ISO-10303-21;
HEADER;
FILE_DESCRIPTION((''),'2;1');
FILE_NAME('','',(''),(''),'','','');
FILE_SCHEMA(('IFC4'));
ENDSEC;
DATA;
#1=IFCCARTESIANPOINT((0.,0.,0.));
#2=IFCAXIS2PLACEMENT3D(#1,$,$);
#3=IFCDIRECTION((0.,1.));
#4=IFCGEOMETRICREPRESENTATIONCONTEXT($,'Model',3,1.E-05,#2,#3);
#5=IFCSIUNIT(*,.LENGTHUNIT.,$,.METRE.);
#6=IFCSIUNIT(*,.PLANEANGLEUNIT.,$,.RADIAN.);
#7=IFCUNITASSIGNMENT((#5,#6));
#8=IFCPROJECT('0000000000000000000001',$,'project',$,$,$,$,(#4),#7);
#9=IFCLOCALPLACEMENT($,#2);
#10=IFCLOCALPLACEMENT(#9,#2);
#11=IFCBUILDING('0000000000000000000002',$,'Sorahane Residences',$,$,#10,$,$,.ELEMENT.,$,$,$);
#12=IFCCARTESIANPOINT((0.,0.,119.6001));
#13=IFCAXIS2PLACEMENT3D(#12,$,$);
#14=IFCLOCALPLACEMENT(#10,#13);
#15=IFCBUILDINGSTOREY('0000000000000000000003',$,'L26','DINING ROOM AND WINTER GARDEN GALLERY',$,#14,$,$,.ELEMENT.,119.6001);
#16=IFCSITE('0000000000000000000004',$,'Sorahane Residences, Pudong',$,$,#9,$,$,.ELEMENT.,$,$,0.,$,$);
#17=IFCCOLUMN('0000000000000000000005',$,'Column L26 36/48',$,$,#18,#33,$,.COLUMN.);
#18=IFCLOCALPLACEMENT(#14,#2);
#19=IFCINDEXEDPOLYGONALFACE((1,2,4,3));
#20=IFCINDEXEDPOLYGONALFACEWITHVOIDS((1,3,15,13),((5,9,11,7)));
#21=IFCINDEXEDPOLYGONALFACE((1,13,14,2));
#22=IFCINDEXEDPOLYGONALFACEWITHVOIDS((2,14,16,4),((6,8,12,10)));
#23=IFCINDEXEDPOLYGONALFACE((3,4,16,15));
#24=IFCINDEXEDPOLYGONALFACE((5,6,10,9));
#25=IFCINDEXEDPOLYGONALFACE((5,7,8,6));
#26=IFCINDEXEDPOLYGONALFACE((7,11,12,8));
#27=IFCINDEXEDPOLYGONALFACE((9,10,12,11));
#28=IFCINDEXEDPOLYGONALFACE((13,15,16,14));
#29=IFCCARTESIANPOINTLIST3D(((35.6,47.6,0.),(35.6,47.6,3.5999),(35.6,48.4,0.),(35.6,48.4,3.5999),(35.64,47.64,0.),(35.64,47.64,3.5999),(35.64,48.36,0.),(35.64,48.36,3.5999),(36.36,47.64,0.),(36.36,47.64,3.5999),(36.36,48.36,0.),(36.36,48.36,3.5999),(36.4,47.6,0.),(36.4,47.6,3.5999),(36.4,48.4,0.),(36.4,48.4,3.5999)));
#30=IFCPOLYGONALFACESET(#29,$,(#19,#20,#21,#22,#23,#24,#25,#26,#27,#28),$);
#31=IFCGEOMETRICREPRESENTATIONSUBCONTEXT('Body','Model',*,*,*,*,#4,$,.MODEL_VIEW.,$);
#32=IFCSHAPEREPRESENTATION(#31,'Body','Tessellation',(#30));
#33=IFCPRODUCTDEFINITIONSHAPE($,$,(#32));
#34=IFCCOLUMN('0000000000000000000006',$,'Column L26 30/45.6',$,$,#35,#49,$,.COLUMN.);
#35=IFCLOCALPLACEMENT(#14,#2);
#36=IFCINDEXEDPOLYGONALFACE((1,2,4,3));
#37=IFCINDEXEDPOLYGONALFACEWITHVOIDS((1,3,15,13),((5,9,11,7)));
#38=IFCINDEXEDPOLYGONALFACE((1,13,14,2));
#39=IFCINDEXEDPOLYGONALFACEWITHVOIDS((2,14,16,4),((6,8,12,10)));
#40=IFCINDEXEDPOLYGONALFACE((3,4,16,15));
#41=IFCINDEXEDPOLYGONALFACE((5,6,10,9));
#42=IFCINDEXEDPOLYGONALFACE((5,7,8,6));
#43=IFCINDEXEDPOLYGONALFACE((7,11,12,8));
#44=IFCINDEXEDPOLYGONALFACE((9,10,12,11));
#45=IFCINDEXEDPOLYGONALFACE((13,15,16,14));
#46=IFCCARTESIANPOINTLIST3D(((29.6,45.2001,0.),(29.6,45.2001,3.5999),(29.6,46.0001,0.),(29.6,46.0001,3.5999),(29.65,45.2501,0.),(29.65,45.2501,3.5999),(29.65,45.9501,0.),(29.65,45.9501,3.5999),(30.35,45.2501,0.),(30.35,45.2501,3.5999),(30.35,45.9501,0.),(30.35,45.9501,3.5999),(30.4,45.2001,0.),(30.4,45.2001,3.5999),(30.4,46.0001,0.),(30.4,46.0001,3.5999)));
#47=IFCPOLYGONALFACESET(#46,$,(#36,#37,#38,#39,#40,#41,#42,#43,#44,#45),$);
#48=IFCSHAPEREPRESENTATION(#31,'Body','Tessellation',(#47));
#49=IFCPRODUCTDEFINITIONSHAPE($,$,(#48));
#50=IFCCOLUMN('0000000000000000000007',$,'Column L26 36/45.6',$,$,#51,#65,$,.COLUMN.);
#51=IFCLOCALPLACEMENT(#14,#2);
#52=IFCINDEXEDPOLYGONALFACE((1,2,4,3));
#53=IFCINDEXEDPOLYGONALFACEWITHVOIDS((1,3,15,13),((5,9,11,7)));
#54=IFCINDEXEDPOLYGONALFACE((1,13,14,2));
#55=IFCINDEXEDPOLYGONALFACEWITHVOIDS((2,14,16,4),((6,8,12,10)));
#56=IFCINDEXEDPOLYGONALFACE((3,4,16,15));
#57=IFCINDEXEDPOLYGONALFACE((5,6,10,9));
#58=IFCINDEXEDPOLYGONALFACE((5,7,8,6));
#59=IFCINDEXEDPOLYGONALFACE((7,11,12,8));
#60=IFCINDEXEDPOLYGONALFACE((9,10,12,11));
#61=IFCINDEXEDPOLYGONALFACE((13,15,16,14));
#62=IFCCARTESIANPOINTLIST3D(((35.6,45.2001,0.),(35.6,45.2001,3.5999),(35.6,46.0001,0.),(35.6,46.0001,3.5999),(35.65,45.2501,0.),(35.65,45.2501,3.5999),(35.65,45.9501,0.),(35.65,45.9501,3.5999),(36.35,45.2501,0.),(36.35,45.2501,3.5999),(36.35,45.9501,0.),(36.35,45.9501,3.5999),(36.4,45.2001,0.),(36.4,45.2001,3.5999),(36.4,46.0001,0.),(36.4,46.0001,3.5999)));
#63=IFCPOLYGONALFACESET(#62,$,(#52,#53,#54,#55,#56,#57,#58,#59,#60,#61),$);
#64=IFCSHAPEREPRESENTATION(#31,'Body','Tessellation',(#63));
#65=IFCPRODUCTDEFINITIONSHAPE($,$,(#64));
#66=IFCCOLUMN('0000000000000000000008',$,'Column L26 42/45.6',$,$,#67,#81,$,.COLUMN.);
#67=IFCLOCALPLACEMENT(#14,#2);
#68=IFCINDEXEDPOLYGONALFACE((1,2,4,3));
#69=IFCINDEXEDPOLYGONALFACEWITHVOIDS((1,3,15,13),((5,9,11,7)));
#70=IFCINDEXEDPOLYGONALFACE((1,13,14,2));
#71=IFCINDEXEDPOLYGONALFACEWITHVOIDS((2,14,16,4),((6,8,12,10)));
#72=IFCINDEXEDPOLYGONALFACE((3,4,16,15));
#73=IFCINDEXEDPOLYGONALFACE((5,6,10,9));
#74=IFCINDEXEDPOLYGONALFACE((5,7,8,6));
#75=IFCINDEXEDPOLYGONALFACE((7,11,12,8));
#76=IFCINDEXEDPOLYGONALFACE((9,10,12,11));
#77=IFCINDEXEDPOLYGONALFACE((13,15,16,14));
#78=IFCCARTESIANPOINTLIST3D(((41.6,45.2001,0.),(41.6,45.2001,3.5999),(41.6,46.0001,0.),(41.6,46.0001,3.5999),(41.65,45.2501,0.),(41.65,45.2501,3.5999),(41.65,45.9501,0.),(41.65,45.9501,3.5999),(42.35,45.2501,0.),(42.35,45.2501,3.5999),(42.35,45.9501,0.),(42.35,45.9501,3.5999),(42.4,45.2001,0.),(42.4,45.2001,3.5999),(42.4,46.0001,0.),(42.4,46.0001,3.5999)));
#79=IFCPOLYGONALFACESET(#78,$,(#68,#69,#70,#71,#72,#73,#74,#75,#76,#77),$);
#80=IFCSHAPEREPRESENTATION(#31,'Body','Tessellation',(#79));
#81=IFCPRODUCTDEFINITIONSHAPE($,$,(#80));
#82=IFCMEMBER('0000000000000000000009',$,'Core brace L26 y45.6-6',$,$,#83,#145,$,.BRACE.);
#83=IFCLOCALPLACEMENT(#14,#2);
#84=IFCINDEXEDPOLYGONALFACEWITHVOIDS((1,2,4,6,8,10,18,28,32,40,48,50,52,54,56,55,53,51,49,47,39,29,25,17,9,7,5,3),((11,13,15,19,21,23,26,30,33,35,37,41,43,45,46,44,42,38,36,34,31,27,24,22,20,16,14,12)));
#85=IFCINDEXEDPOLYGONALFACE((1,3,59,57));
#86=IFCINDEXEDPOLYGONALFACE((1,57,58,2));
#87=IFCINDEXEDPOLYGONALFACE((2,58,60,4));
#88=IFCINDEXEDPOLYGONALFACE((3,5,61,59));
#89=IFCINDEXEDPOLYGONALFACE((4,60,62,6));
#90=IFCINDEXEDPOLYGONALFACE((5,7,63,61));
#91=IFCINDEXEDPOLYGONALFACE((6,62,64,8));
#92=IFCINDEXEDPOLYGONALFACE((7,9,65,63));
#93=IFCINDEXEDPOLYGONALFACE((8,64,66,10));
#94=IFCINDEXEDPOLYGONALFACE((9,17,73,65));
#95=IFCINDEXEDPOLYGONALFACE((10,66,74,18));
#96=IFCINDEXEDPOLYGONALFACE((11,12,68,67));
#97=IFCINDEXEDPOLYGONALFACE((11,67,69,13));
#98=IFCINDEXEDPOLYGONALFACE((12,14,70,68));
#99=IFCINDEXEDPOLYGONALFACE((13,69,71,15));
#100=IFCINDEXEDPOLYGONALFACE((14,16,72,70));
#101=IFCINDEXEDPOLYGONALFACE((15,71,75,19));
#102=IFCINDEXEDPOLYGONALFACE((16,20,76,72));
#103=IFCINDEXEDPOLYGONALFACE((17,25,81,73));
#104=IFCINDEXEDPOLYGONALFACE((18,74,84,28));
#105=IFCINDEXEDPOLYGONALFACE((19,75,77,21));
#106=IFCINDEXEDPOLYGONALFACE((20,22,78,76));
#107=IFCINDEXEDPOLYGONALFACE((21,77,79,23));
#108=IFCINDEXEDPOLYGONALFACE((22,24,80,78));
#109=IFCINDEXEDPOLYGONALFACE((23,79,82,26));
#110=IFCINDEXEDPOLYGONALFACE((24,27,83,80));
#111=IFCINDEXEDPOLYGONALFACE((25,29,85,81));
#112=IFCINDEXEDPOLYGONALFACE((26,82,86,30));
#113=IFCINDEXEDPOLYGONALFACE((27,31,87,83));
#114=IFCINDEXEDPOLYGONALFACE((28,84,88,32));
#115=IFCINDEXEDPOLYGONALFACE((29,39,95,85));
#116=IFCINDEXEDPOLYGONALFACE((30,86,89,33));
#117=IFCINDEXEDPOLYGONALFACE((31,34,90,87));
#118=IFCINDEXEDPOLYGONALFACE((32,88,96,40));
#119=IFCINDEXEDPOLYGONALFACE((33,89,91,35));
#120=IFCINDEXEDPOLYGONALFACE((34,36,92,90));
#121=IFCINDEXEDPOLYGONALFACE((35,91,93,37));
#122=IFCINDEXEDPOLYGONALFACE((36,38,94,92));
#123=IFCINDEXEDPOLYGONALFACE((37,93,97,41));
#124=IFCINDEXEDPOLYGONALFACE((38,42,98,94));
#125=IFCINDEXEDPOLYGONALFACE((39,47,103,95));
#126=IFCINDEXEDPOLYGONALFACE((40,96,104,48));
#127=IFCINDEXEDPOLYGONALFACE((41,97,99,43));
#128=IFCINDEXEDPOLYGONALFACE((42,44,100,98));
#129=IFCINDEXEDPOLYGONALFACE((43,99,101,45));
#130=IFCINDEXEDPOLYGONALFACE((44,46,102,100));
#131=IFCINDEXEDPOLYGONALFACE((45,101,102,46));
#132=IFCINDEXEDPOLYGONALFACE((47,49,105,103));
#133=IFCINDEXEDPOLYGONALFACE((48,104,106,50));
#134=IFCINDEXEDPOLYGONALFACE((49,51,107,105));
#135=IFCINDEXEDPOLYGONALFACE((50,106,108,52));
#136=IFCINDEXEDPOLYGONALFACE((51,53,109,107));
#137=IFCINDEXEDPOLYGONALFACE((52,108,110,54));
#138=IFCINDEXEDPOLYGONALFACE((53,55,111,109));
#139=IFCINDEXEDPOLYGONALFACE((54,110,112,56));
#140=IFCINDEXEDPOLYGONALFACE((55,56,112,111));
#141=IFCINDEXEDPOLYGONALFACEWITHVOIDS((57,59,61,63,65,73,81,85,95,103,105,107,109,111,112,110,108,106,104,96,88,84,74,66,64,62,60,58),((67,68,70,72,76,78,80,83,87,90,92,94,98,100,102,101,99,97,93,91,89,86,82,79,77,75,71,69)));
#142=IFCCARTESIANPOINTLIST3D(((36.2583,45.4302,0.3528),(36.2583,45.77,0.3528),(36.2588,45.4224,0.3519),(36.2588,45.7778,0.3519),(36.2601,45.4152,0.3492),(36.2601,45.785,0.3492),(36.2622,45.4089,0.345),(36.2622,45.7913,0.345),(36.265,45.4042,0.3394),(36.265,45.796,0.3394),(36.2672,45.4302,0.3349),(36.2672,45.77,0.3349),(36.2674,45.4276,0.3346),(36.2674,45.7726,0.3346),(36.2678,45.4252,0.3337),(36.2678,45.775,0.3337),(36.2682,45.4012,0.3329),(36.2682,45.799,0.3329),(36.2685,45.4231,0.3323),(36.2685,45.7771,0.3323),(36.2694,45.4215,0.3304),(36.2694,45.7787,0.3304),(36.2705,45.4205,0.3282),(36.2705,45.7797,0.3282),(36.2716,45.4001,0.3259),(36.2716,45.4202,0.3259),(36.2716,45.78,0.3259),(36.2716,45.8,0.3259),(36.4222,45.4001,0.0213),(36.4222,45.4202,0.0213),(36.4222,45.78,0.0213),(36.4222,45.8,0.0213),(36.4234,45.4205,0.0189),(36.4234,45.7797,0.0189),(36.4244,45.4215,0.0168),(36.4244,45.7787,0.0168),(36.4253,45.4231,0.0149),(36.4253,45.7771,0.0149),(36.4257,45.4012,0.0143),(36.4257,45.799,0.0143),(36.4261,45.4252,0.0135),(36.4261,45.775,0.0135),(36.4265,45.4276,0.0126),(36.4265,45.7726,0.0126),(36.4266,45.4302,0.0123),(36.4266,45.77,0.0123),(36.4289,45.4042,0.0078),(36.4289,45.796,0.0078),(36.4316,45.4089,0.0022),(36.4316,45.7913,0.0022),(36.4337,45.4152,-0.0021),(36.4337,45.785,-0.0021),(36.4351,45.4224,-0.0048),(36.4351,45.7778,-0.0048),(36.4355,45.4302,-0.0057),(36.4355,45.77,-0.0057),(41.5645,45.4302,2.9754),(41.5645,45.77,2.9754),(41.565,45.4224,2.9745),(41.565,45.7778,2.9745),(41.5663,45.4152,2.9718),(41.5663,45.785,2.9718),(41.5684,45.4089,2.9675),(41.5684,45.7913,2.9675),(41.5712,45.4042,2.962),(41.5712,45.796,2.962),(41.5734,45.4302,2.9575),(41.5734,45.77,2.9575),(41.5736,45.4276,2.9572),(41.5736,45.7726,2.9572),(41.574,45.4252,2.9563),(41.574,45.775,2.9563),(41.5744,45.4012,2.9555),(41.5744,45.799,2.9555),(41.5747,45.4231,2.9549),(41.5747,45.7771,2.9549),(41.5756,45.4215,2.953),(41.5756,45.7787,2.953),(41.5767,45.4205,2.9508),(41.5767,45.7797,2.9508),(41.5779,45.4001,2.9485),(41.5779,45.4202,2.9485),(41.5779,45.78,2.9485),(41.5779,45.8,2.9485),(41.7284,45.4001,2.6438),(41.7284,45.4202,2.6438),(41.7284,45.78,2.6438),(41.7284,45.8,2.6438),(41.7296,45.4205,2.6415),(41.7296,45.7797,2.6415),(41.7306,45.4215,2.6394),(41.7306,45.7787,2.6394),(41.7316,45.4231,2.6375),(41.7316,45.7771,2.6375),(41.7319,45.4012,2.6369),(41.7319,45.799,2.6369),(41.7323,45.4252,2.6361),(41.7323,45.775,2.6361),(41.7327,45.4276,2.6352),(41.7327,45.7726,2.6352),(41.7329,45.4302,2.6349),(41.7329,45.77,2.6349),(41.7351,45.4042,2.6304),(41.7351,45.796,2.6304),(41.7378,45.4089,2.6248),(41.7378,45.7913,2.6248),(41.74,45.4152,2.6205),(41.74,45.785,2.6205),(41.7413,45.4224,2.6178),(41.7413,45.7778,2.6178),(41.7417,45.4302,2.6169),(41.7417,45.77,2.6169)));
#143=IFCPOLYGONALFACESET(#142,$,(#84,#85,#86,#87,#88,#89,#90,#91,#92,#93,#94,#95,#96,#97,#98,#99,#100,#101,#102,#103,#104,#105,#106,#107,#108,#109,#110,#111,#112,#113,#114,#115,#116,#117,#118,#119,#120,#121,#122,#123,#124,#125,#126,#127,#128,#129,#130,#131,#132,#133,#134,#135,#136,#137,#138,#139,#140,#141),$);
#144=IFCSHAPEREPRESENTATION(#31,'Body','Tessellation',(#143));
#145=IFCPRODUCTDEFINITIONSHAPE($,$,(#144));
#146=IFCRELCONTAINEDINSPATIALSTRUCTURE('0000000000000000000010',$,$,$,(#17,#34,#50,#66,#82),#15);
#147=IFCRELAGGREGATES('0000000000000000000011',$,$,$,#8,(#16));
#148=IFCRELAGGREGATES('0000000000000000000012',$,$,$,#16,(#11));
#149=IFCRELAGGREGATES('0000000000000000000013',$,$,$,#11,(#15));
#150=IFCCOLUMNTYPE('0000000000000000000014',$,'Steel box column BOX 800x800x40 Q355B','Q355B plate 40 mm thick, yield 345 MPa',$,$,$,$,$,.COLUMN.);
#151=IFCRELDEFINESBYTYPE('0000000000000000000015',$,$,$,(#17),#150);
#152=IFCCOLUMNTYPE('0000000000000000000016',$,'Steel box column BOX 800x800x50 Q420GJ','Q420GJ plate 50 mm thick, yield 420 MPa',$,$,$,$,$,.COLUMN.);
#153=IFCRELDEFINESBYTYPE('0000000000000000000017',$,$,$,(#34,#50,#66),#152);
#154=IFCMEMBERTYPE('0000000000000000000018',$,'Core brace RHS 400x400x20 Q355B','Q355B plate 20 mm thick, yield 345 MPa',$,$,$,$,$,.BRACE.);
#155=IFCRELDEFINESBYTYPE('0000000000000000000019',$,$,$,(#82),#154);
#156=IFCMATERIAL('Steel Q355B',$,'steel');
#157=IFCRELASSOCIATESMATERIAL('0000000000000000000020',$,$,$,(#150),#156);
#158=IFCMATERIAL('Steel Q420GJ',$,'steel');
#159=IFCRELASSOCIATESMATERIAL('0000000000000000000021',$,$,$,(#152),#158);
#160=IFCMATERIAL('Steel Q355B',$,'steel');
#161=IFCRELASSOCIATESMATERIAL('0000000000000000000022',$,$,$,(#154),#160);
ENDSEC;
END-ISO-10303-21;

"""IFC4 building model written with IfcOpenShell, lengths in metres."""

from ifc_helpers import new_model, si_unit, direction, frame, origin, origin_2d, place, context, subcontext, project, spatial, hollow_rectangle, extrude, material, material_profile, profile_set, type_object, element, save


model = new_model("IFC4")

# Units and contexts
model_context = context("Model", 3, precision=1e-05, world=origin(), true_north=direction((0.0, 1.0)))
body_context = subcontext(model_context, "Body", "Model", "MODEL_VIEW")
ifc_project = project(units=[si_unit("LENGTHUNIT", "METRE"), si_unit("PLANEANGLEUNIT", "RADIAN")], contexts=[model_context])

# Site, building, storey
site_placement = place(None, origin())
site = spatial("IfcSite", under=ifc_project, at=site_placement, Name="Sorahane Residences, Pudong", CompositionType="ELEMENT", RefElevation=0.0)
building_placement = place(site_placement, origin())
building = spatial("IfcBuilding", under=site, at=building_placement, Name="Sorahane Residences", CompositionType="ELEMENT")
storey_placement = place(building_placement, frame((0.0, 0.0, 119.6001)))
storey = spatial("IfcBuildingStorey", under=building, at=storey_placement, Name="L26", Description="DINING ROOM AND WINTER GARDEN GALLERY", CompositionType="ELEMENT", Elevation=119.6001)

# Columns
ifc_material_1 = material(Name="Steel Q355B", Category="steel")
ifc_material_profile_1 = material_profile(ifc_material_1, hollow_rectangle(XDim=0.8, YDim=0.8, WallThickness=0.04, at=origin_2d()), Name="BOX 800x800x40")
ifc_profile_set_1 = profile_set([ifc_material_profile_1], Name="Steel Q355B")
column_type_1 = type_object("IfcColumnType", Name="Steel box column BOX 800x800x40 Q355B", Description="Q355B plate 40 mm thick, yield 345 MPa", PredefinedType="COLUMN", material=ifc_profile_set_1)
column_placement = place(storey_placement, frame((36.0, 48.0, 0.0), z_axis=(0.0, 0.0, 1.0), x_axis=(1.0, 0.0, 0.0)))
element("IfcColumn", 1, at=column_placement, inside=storey, type_object=column_type_1, Name="Column L26 36/48", PredefinedType="COLUMN", context=body_context, shape_type="SweptSolid", body=[
    extrude(hollow_rectangle(XDim=0.8, YDim=0.8, WallThickness=0.04, at=origin_2d()), origin(), (0.0, 0.0, 1.0), 3.5999),
])
ifc_material_2 = material(Name="Steel Q420GJ", Category="steel")
ifc_material_profile_2 = material_profile(ifc_material_2, hollow_rectangle(XDim=0.8, YDim=0.8, WallThickness=0.05, at=origin_2d()), Name="BOX 800x800x50")
ifc_profile_set_2 = profile_set([ifc_material_profile_2], Name="Steel Q420GJ")
column_type_2 = type_object("IfcColumnType", Name="Steel box column BOX 800x800x50 Q420GJ", Description="Q420GJ plate 50 mm thick, yield 420 MPa", PredefinedType="COLUMN", material=ifc_profile_set_2)
for number, where, z_axis, x_axis, name in (
    (2, (30.0, 45.6001, 0.0), (0.0, 0.0, 1.0), (1.0, 0.0, 0.0), "Column L26 30/45.6"),
    (3, (36.0, 45.6001, 0.0), (0.0, 0.0, 1.0), (1.0, 0.0, 0.0), "Column L26 36/45.6"),
    (4, (42.0, 45.6001, 0.0), (0.0, 0.0, 1.0), (1.0, 0.0, 0.0), "Column L26 42/45.6"),
):
    element("IfcColumn", number, at=place(storey_placement, frame(where, z_axis=z_axis, x_axis=x_axis)), inside=storey, type_object=column_type_2, Name=name, PredefinedType="COLUMN", context=body_context, shape_type="SweptSolid", body=[
        extrude(hollow_rectangle(XDim=0.8, YDim=0.8, WallThickness=0.05, at=origin_2d()), origin(), (0.0, 0.0, 1.0), 3.5999),
    ])

# Member
ifc_material_3 = material(Name="Steel Q355B", Category="steel")
ifc_material_profile_3 = material_profile(ifc_material_3, hollow_rectangle(XDim=0.3999, YDim=0.3999, WallThickness=0.02, InnerFilletRadius=0.01, OuterFilletRadius=0.03, at=origin_2d()), Name="RHS 400x400x20")
ifc_profile_set_3 = profile_set([ifc_material_profile_3], Name="Steel Q355B")
member_type_1 = type_object("IfcMemberType", Name="Core brace RHS 400x400x20 Q355B", Description="Q355B plate 20 mm thick, yield 345 MPa", PredefinedType="BRACE", material=ifc_profile_set_3)
member_1_placement = place(storey_placement, frame((36.3469, 45.6001, 0.1736), z_axis=(0.89648, 0.0, 0.443084), x_axis=(0.0, 1.0, 0.0)))
element("IfcMember", 5, at=member_1_placement, inside=storey, type_object=member_type_1, Name="Core brace L26 y45.6-6", PredefinedType="BRACE", context=body_context, shape_type="SweptSolid", body=[
    extrude(hollow_rectangle(XDim=0.3999, YDim=0.3999, WallThickness=0.02, InnerFilletRadius=0.01, OuterFilletRadius=0.03, at=origin_2d()), origin(), (0.0, 0.0, 1.0), 5.9189),
])

save(model, "model.ifc")
